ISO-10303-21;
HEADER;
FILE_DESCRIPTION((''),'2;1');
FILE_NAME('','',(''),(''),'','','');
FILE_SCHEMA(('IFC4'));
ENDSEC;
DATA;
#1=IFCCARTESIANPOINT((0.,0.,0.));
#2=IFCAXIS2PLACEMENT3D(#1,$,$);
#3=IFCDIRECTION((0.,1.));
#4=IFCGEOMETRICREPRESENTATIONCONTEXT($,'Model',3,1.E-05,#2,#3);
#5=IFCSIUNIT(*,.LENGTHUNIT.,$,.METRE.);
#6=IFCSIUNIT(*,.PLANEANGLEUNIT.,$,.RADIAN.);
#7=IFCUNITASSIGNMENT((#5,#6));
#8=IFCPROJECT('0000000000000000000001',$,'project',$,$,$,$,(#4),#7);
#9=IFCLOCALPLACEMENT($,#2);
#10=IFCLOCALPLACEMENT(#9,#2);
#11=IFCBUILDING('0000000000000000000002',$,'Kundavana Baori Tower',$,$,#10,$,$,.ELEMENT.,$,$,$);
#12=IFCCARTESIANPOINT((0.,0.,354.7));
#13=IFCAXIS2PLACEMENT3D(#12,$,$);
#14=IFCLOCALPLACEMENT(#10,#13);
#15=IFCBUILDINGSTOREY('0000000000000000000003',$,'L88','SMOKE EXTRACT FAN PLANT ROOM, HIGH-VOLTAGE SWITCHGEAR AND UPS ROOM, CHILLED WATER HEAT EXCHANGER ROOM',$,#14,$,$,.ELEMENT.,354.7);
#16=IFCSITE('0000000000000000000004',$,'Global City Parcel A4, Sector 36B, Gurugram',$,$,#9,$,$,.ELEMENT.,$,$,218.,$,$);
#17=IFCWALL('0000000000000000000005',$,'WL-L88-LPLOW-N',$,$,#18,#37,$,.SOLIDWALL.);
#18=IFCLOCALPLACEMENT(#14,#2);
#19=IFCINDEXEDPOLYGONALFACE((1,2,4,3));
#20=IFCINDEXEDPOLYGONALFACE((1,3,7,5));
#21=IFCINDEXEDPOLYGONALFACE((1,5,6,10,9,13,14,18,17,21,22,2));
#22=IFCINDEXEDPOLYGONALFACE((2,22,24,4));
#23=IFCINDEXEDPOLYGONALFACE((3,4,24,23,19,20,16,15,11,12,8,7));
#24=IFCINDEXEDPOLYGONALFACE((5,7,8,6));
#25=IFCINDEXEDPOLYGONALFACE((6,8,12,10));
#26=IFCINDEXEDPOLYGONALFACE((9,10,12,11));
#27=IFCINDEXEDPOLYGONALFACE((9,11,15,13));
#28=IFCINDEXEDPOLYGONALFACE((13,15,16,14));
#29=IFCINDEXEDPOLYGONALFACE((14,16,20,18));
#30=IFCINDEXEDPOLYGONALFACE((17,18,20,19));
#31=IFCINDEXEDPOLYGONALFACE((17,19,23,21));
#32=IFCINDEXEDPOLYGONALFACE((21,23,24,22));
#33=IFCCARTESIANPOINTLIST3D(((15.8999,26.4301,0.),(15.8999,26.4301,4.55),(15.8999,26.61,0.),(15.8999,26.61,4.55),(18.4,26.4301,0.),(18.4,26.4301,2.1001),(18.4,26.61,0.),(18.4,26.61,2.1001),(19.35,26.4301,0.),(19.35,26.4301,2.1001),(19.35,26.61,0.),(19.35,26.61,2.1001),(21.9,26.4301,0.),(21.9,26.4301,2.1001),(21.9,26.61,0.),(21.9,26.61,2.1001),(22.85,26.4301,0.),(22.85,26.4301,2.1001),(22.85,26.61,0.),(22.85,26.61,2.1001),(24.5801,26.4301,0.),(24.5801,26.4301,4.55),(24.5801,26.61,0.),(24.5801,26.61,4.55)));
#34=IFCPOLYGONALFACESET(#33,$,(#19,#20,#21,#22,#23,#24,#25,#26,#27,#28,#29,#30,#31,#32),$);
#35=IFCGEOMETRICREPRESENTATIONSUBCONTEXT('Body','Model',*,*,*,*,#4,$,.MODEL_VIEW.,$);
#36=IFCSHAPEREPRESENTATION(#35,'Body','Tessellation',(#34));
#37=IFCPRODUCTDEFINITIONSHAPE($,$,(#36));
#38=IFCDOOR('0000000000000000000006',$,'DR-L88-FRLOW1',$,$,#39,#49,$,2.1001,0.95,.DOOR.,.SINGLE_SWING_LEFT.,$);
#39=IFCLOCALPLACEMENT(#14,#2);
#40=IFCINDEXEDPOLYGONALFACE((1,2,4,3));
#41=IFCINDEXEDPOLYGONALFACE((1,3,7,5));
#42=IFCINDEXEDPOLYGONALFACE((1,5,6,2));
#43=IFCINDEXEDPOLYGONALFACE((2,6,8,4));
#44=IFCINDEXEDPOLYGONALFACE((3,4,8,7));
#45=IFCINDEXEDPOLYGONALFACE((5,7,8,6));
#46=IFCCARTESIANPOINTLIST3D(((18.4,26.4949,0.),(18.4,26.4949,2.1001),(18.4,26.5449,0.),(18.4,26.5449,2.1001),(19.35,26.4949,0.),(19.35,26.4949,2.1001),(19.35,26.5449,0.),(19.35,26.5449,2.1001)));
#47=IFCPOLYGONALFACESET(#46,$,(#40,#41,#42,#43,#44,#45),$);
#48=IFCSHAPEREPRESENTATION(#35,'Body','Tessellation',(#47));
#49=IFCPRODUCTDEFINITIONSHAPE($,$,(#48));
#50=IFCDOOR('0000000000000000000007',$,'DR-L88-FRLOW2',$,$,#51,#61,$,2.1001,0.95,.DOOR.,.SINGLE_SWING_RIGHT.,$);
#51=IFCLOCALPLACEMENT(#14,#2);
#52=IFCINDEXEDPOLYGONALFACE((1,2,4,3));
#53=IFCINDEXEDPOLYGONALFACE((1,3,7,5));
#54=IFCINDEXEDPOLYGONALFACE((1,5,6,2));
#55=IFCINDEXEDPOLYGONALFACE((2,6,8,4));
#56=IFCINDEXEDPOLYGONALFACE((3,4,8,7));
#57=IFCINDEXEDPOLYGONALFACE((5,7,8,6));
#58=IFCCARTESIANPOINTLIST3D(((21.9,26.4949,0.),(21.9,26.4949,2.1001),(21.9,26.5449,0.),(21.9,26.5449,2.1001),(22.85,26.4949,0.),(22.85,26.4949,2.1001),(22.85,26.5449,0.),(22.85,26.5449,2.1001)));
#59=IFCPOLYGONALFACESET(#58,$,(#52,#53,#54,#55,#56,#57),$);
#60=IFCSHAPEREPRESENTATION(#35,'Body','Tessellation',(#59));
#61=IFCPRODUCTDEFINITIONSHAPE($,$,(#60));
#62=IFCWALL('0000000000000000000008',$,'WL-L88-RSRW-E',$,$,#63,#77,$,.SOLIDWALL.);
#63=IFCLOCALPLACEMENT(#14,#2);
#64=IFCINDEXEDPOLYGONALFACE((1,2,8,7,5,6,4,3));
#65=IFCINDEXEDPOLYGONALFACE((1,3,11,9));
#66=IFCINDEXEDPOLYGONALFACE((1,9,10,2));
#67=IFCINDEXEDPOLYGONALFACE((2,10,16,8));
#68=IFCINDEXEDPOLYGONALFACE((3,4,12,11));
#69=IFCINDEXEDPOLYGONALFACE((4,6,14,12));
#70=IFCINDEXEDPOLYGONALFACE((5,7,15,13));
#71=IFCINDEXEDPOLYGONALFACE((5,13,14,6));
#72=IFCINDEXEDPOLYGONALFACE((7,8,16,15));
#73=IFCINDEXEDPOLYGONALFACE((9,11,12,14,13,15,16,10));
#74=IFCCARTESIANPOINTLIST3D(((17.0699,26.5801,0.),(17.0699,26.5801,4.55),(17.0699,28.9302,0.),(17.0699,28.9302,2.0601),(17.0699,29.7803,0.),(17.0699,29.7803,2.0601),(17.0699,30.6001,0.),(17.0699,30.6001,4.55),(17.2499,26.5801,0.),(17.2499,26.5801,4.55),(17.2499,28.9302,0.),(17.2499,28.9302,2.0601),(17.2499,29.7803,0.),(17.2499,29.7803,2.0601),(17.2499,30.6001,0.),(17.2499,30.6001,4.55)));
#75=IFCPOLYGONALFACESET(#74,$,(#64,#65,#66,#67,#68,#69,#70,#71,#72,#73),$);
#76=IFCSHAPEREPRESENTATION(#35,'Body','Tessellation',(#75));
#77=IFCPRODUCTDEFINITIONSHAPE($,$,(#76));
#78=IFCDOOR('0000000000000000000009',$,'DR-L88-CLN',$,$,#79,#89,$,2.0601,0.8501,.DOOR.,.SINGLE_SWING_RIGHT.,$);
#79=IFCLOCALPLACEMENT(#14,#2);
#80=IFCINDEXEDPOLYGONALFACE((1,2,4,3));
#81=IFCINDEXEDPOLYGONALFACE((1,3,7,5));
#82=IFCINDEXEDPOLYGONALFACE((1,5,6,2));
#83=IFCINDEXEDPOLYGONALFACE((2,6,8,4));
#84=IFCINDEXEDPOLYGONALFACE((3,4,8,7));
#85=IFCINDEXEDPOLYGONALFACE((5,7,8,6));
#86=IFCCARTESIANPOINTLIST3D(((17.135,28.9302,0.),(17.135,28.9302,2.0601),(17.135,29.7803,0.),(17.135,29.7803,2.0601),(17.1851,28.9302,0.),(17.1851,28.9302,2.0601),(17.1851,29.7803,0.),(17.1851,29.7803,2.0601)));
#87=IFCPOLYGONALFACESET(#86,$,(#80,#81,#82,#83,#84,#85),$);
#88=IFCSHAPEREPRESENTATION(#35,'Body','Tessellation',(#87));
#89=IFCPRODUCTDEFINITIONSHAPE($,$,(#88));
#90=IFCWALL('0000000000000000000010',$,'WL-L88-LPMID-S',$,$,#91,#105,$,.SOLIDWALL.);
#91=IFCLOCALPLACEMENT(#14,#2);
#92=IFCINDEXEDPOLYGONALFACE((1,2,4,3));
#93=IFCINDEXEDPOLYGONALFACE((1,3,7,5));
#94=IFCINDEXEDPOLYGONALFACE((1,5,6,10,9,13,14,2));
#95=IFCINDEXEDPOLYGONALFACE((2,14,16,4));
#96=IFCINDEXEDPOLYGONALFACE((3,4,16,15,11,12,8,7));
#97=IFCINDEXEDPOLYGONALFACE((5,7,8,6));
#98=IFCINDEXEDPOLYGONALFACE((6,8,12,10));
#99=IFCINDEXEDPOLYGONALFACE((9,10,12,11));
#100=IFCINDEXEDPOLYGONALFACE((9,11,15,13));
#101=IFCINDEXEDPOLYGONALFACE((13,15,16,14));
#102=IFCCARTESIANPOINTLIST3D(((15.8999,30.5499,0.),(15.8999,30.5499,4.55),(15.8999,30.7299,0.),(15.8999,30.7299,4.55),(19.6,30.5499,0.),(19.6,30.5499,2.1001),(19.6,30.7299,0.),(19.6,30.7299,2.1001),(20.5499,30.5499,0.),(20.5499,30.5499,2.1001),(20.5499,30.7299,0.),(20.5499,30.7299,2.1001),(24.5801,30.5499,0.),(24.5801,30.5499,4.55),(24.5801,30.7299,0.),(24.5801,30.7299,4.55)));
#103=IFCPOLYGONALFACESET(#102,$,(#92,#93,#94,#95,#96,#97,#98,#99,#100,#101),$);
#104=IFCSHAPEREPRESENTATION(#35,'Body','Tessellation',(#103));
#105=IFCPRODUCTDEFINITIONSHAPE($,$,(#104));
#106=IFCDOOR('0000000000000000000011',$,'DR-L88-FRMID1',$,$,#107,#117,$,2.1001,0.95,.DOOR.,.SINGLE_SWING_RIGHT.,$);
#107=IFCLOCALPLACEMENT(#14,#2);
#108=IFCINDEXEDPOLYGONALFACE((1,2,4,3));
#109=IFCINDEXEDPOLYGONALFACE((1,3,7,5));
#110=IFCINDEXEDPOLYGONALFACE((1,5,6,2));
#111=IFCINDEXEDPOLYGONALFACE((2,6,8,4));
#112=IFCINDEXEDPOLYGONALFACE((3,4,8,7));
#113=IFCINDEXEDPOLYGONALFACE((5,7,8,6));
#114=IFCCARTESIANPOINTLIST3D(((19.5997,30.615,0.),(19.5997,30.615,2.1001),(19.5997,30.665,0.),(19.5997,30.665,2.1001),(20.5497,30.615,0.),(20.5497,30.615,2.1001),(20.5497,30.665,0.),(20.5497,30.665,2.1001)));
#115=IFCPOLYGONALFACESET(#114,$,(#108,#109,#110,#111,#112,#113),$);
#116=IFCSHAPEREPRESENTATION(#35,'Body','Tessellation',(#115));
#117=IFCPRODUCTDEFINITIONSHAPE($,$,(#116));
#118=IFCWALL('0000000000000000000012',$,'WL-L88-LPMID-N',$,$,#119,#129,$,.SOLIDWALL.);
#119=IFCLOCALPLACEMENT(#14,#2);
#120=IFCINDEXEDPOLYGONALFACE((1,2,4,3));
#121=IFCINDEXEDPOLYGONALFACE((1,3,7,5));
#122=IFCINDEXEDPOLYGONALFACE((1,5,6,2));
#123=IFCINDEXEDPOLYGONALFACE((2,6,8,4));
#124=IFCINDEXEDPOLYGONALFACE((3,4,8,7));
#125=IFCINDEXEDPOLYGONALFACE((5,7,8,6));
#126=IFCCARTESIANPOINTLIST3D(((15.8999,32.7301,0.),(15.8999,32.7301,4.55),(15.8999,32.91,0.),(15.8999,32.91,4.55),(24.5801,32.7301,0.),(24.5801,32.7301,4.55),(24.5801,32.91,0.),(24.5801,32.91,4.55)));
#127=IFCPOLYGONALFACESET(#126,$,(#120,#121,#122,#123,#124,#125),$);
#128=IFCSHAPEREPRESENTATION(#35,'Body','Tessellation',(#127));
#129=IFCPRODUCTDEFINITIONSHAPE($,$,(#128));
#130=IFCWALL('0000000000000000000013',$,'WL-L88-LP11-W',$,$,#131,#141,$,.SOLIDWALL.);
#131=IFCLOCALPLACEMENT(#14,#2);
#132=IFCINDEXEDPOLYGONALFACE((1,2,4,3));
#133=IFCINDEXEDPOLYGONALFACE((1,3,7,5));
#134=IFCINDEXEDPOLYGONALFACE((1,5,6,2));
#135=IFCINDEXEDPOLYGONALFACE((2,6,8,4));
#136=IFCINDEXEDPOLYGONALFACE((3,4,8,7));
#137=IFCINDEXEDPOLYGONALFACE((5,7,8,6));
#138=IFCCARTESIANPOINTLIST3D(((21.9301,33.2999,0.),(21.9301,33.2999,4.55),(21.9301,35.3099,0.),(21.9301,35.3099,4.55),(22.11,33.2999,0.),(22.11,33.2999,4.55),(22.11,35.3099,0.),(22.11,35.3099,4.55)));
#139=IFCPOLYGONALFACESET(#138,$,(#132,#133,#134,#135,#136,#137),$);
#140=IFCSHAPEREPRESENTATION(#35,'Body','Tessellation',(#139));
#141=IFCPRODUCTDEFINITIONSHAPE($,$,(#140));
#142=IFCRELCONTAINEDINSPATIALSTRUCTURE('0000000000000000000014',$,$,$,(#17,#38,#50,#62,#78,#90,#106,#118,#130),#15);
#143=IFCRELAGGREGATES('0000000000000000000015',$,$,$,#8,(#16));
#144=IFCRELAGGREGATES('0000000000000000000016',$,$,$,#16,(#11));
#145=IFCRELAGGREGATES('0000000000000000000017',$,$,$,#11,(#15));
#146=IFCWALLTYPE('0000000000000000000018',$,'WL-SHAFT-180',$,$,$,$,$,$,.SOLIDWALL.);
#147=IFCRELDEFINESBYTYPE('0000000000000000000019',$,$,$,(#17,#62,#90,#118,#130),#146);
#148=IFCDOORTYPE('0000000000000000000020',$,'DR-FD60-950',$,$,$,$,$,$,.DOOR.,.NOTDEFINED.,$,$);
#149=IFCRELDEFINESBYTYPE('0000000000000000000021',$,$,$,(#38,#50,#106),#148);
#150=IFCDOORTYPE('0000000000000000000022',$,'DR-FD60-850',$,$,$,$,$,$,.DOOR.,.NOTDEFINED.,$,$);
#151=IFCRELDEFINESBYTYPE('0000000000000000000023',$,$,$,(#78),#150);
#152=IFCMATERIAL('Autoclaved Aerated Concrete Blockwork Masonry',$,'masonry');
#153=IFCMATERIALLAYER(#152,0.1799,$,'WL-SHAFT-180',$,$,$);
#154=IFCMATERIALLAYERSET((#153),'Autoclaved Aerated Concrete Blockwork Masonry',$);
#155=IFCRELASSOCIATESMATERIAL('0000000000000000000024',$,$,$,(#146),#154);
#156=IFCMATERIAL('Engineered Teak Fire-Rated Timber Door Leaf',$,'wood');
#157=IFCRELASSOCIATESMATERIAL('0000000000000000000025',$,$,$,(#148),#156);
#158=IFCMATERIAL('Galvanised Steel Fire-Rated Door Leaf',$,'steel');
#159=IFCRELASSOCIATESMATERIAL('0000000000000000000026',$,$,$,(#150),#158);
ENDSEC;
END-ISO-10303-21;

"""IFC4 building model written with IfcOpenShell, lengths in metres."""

from ifc_helpers import new_model, si_unit, direction, frame, frame_2d, origin, place, context, subcontext, project, spatial, rectangle, extrude, material, layer, layer_set, type_object, element, fill, save


model = new_model("IFC4")

# Units and contexts
model_context = context("Model", 3, precision=1e-05, world=origin(), true_north=direction((0.0, 1.0)))
body_context = subcontext(model_context, "Body", "Model", "MODEL_VIEW")
ifc_project = project(units=[si_unit("LENGTHUNIT", "METRE"), si_unit("PLANEANGLEUNIT", "RADIAN")], contexts=[model_context])

# Site, building, storey
site_placement = place(None, origin())
site = spatial("IfcSite", under=ifc_project, at=site_placement, Name="Global City Parcel A4, Sector 36B, Gurugram", CompositionType="ELEMENT", RefElevation=218.0)
building_placement = place(site_placement, origin())
building = spatial("IfcBuilding", under=site, at=building_placement, Name="Kundavana Baori Tower", CompositionType="ELEMENT")
storey_placement = place(building_placement, frame((0.0, 0.0, 354.7)))
storey = spatial("IfcBuildingStorey", under=building, at=storey_placement, Name="L88", Description="SMOKE EXTRACT FAN PLANT ROOM, HIGH-VOLTAGE SWITCHGEAR AND UPS ROOM, CHILLED WATER HEAT EXCHANGER ROOM", CompositionType="ELEMENT", Elevation=354.7)

# Wall, openings, doors
ifc_material_1 = material(Name="Autoclaved Aerated Concrete Blockwork Masonry", Category="masonry")
ifc_layer_1 = layer(ifc_material_1, 0.1799, Name="WL-SHAFT-180")
ifc_layer_set_1 = layer_set([ifc_layer_1], Name="Autoclaved Aerated Concrete Blockwork Masonry")
wall_type_1 = type_object("IfcWallType", Name="WL-SHAFT-180", PredefinedType="SOLIDWALL", material=ifc_layer_set_1)
wall_1_placement = place(storey_placement, frame((15.8999, 26.52, 0.0), z_axis=(0.0, 0.0, 1.0), x_axis=(1.0, 0.0, 0.0)))
wall_1 = element("IfcWall", 1, at=wall_1_placement, inside=storey, type_object=wall_type_1, Name="WL-L88-LPLOW-N", PredefinedType="SOLIDWALL", context=body_context, shape_type="SweptSolid", body=[
    extrude(rectangle(XDim=8.6802, YDim=0.1799, at=frame_2d((4.3401, 0.0))), origin(), (0.0, 0.0, 1.0), 4.55),
])
opening_1_placement = place(wall_1_placement, frame((2.5, 0.0, 0.0)))
opening_1 = element("IfcOpeningElement", 2, at=opening_1_placement, cuts=wall_1, PredefinedType="OPENING", context=body_context, shape_type="SweptSolid", body=[
    extrude(rectangle(XDim=0.95, YDim=2.1001, at=frame_2d((0.4751, 1.05))), frame((0.0, 0.1001, 0.0), z_axis=(0.0, -1.0, 0.0), x_axis=(1.0, 0.0, 0.0)), (0.0, 0.0, 1.0), 0.2),
])
opening_2_placement = place(wall_1_placement, frame((6.0, 0.0, 0.0)))
opening_2 = element("IfcOpeningElement", 3, at=opening_2_placement, cuts=wall_1, PredefinedType="OPENING", context=body_context, shape_type="SweptSolid", body=[
    extrude(rectangle(XDim=0.95, YDim=2.1001, at=frame_2d((0.4751, 1.05))), frame((0.0, 0.1001, 0.0), z_axis=(0.0, -1.0, 0.0), x_axis=(1.0, 0.0, 0.0)), (0.0, 0.0, 1.0), 0.2),
])
ifc_material_2 = material(Name="Engineered Teak Fire-Rated Timber Door Leaf", Category="wood")
door_type_1 = type_object("IfcDoorType", Name="DR-FD60-950", OperationType="NOTDEFINED", PredefinedType="DOOR", material=ifc_material_2)
door_1_placement = place(opening_1_placement, origin())
door_1 = element("IfcDoor", 4, at=door_1_placement, inside=storey, type_object=door_type_1, Name="DR-L88-FRLOW1", OperationType="SINGLE_SWING_LEFT", OverallHeight=2.1001, OverallWidth=0.95, PredefinedType="DOOR", context=body_context, shape_type="SweptSolid", body=[
    extrude(rectangle(XDim=0.95, YDim=2.1001, at=frame_2d((0.4751, 1.05))), frame((0.0, 0.0249, 0.0), z_axis=(0.0, -1.0, 0.0), x_axis=(1.0, 0.0, 0.0)), (0.0, 0.0, 1.0), 0.05),
])
fill(opening_1, door_1)
door_2_placement = place(opening_2_placement, origin())
door_2 = element("IfcDoor", 5, at=door_2_placement, inside=storey, type_object=door_type_1, Name="DR-L88-FRLOW2", OperationType="SINGLE_SWING_RIGHT", OverallHeight=2.1001, OverallWidth=0.95, PredefinedType="DOOR", context=body_context, shape_type="SweptSolid", body=[
    extrude(rectangle(XDim=0.95, YDim=2.1001, at=frame_2d((0.4751, 1.05))), frame((0.0, 0.0249, 0.0), z_axis=(0.0, -1.0, 0.0), x_axis=(1.0, 0.0, 0.0)), (0.0, 0.0, 1.0), 0.05),
])
fill(opening_2, door_2)

# Walls, openings, doors
wall_2_placement = place(storey_placement, frame((17.1599, 26.5801, 0.0), z_axis=(0.0, 0.0, 1.0), x_axis=(0.0, 1.0, 0.0)))
wall_2 = element("IfcWall", 6, at=wall_2_placement, inside=storey, type_object=wall_type_1, Name="WL-L88-RSRW-E", PredefinedType="SOLIDWALL", context=body_context, shape_type="SweptSolid", body=[
    extrude(rectangle(XDim=4.02, YDim=0.1799, at=frame_2d((2.01, 0.0))), origin(), (0.0, 0.0, 1.0), 4.55),
])
opening_3_placement = place(wall_2_placement, frame((2.3501, 0.0, 0.0)))
opening_3 = element("IfcOpeningElement", 7, at=opening_3_placement, cuts=wall_2, PredefinedType="OPENING", context=body_context, shape_type="SweptSolid", body=[
    extrude(rectangle(XDim=0.8501, YDim=2.0601, at=frame_2d((0.425, 1.03))), frame((0.0, 0.1001, 0.0), z_axis=(0.0, -1.0, 0.0), x_axis=(1.0, 0.0, 0.0)), (0.0, 0.0, 1.0), 0.2),
])
ifc_material_3 = material(Name="Galvanised Steel Fire-Rated Door Leaf", Category="steel")
door_type_2 = type_object("IfcDoorType", Name="DR-FD60-850", OperationType="NOTDEFINED", PredefinedType="DOOR", material=ifc_material_3)
door_3_placement = place(opening_3_placement, origin())
door_3 = element("IfcDoor", 8, at=door_3_placement, inside=storey, type_object=door_type_2, Name="DR-L88-CLN", OperationType="SINGLE_SWING_RIGHT", OverallHeight=2.0601, OverallWidth=0.8501, PredefinedType="DOOR", context=body_context, shape_type="SweptSolid", body=[
    extrude(rectangle(XDim=0.8501, YDim=2.0601, at=frame_2d((0.425, 1.03))), frame((0.0, 0.0249, 0.0), z_axis=(0.0, -1.0, 0.0), x_axis=(1.0, 0.0, 0.0)), (0.0, 0.0, 1.0), 0.05),
])
fill(opening_3, door_3)
wall_3_placement = place(storey_placement, frame((15.8999, 30.6399, 0.0), z_axis=(0.0, 0.0, 1.0), x_axis=(1.0, 0.0, 0.0)))
wall_3 = element("IfcWall", 9, at=wall_3_placement, inside=storey, type_object=wall_type_1, Name="WL-L88-LPMID-S", PredefinedType="SOLIDWALL", context=body_context, shape_type="SweptSolid", body=[
    extrude(rectangle(XDim=8.6802, YDim=0.1799, at=frame_2d((4.3401, 0.0))), origin(), (0.0, 0.0, 1.0), 4.55),
])
opening_4_placement = place(wall_3_placement, frame((3.7, 0.0, 0.0)))
opening_4 = element("IfcOpeningElement", 10, at=opening_4_placement, cuts=wall_3, PredefinedType="OPENING", context=body_context, shape_type="SweptSolid", body=[
    extrude(rectangle(XDim=0.95, YDim=2.1001, at=frame_2d((0.4751, 1.05))), frame((0.0, 0.1001, 0.0), z_axis=(0.0, -1.0, 0.0), x_axis=(1.0, 0.0, 0.0)), (0.0, 0.0, 1.0), 0.2),
])
door_4_placement = place(opening_4_placement, frame((0.95, 0.0, 0.0), z_axis=(0.0, 0.0, 1.0), x_axis=(-1.0, 0.0, 0.0)))
door_4 = element("IfcDoor", 11, at=door_4_placement, inside=storey, type_object=door_type_1, Name="DR-L88-FRMID1", OperationType="SINGLE_SWING_RIGHT", OverallHeight=2.1001, OverallWidth=0.95, PredefinedType="DOOR", context=body_context, shape_type="SweptSolid", body=[
    extrude(rectangle(XDim=0.95, YDim=2.1001, at=frame_2d((0.4751, 1.05))), frame((0.0, 0.0249, 0.0), z_axis=(0.0, -1.0, 0.0), x_axis=(1.0, 0.0, 0.0)), (0.0, 0.0, 1.0), 0.05),
])
fill(opening_4, door_4)

# Walls
wall_4_placement = place(storey_placement, frame((15.8999, 32.8201, 0.0), z_axis=(0.0, 0.0, 1.0), x_axis=(1.0, 0.0, 0.0)))
element("IfcWall", 12, at=wall_4_placement, inside=storey, type_object=wall_type_1, Name="WL-L88-LPMID-N", PredefinedType="SOLIDWALL", context=body_context, shape_type="SweptSolid", body=[
    extrude(rectangle(XDim=8.6802, YDim=0.1799, at=frame_2d((4.3401, 0.0))), origin(), (0.0, 0.0, 1.0), 4.55),
])
wall_5_placement = place(storey_placement, frame((22.02, 33.3, 0.0), z_axis=(0.0, 0.0, 1.0), x_axis=(0.0, 1.0, 0.0)))
element("IfcWall", 13, at=wall_5_placement, inside=storey, type_object=wall_type_1, Name="WL-L88-LP11-W", PredefinedType="SOLIDWALL", context=body_context, shape_type="SweptSolid", body=[
    extrude(rectangle(XDim=2.01, YDim=0.1799, at=frame_2d((1.0049, 0.0))), origin(), (0.0, 0.0, 1.0), 4.55),
])

save(model, "model.ifc")
